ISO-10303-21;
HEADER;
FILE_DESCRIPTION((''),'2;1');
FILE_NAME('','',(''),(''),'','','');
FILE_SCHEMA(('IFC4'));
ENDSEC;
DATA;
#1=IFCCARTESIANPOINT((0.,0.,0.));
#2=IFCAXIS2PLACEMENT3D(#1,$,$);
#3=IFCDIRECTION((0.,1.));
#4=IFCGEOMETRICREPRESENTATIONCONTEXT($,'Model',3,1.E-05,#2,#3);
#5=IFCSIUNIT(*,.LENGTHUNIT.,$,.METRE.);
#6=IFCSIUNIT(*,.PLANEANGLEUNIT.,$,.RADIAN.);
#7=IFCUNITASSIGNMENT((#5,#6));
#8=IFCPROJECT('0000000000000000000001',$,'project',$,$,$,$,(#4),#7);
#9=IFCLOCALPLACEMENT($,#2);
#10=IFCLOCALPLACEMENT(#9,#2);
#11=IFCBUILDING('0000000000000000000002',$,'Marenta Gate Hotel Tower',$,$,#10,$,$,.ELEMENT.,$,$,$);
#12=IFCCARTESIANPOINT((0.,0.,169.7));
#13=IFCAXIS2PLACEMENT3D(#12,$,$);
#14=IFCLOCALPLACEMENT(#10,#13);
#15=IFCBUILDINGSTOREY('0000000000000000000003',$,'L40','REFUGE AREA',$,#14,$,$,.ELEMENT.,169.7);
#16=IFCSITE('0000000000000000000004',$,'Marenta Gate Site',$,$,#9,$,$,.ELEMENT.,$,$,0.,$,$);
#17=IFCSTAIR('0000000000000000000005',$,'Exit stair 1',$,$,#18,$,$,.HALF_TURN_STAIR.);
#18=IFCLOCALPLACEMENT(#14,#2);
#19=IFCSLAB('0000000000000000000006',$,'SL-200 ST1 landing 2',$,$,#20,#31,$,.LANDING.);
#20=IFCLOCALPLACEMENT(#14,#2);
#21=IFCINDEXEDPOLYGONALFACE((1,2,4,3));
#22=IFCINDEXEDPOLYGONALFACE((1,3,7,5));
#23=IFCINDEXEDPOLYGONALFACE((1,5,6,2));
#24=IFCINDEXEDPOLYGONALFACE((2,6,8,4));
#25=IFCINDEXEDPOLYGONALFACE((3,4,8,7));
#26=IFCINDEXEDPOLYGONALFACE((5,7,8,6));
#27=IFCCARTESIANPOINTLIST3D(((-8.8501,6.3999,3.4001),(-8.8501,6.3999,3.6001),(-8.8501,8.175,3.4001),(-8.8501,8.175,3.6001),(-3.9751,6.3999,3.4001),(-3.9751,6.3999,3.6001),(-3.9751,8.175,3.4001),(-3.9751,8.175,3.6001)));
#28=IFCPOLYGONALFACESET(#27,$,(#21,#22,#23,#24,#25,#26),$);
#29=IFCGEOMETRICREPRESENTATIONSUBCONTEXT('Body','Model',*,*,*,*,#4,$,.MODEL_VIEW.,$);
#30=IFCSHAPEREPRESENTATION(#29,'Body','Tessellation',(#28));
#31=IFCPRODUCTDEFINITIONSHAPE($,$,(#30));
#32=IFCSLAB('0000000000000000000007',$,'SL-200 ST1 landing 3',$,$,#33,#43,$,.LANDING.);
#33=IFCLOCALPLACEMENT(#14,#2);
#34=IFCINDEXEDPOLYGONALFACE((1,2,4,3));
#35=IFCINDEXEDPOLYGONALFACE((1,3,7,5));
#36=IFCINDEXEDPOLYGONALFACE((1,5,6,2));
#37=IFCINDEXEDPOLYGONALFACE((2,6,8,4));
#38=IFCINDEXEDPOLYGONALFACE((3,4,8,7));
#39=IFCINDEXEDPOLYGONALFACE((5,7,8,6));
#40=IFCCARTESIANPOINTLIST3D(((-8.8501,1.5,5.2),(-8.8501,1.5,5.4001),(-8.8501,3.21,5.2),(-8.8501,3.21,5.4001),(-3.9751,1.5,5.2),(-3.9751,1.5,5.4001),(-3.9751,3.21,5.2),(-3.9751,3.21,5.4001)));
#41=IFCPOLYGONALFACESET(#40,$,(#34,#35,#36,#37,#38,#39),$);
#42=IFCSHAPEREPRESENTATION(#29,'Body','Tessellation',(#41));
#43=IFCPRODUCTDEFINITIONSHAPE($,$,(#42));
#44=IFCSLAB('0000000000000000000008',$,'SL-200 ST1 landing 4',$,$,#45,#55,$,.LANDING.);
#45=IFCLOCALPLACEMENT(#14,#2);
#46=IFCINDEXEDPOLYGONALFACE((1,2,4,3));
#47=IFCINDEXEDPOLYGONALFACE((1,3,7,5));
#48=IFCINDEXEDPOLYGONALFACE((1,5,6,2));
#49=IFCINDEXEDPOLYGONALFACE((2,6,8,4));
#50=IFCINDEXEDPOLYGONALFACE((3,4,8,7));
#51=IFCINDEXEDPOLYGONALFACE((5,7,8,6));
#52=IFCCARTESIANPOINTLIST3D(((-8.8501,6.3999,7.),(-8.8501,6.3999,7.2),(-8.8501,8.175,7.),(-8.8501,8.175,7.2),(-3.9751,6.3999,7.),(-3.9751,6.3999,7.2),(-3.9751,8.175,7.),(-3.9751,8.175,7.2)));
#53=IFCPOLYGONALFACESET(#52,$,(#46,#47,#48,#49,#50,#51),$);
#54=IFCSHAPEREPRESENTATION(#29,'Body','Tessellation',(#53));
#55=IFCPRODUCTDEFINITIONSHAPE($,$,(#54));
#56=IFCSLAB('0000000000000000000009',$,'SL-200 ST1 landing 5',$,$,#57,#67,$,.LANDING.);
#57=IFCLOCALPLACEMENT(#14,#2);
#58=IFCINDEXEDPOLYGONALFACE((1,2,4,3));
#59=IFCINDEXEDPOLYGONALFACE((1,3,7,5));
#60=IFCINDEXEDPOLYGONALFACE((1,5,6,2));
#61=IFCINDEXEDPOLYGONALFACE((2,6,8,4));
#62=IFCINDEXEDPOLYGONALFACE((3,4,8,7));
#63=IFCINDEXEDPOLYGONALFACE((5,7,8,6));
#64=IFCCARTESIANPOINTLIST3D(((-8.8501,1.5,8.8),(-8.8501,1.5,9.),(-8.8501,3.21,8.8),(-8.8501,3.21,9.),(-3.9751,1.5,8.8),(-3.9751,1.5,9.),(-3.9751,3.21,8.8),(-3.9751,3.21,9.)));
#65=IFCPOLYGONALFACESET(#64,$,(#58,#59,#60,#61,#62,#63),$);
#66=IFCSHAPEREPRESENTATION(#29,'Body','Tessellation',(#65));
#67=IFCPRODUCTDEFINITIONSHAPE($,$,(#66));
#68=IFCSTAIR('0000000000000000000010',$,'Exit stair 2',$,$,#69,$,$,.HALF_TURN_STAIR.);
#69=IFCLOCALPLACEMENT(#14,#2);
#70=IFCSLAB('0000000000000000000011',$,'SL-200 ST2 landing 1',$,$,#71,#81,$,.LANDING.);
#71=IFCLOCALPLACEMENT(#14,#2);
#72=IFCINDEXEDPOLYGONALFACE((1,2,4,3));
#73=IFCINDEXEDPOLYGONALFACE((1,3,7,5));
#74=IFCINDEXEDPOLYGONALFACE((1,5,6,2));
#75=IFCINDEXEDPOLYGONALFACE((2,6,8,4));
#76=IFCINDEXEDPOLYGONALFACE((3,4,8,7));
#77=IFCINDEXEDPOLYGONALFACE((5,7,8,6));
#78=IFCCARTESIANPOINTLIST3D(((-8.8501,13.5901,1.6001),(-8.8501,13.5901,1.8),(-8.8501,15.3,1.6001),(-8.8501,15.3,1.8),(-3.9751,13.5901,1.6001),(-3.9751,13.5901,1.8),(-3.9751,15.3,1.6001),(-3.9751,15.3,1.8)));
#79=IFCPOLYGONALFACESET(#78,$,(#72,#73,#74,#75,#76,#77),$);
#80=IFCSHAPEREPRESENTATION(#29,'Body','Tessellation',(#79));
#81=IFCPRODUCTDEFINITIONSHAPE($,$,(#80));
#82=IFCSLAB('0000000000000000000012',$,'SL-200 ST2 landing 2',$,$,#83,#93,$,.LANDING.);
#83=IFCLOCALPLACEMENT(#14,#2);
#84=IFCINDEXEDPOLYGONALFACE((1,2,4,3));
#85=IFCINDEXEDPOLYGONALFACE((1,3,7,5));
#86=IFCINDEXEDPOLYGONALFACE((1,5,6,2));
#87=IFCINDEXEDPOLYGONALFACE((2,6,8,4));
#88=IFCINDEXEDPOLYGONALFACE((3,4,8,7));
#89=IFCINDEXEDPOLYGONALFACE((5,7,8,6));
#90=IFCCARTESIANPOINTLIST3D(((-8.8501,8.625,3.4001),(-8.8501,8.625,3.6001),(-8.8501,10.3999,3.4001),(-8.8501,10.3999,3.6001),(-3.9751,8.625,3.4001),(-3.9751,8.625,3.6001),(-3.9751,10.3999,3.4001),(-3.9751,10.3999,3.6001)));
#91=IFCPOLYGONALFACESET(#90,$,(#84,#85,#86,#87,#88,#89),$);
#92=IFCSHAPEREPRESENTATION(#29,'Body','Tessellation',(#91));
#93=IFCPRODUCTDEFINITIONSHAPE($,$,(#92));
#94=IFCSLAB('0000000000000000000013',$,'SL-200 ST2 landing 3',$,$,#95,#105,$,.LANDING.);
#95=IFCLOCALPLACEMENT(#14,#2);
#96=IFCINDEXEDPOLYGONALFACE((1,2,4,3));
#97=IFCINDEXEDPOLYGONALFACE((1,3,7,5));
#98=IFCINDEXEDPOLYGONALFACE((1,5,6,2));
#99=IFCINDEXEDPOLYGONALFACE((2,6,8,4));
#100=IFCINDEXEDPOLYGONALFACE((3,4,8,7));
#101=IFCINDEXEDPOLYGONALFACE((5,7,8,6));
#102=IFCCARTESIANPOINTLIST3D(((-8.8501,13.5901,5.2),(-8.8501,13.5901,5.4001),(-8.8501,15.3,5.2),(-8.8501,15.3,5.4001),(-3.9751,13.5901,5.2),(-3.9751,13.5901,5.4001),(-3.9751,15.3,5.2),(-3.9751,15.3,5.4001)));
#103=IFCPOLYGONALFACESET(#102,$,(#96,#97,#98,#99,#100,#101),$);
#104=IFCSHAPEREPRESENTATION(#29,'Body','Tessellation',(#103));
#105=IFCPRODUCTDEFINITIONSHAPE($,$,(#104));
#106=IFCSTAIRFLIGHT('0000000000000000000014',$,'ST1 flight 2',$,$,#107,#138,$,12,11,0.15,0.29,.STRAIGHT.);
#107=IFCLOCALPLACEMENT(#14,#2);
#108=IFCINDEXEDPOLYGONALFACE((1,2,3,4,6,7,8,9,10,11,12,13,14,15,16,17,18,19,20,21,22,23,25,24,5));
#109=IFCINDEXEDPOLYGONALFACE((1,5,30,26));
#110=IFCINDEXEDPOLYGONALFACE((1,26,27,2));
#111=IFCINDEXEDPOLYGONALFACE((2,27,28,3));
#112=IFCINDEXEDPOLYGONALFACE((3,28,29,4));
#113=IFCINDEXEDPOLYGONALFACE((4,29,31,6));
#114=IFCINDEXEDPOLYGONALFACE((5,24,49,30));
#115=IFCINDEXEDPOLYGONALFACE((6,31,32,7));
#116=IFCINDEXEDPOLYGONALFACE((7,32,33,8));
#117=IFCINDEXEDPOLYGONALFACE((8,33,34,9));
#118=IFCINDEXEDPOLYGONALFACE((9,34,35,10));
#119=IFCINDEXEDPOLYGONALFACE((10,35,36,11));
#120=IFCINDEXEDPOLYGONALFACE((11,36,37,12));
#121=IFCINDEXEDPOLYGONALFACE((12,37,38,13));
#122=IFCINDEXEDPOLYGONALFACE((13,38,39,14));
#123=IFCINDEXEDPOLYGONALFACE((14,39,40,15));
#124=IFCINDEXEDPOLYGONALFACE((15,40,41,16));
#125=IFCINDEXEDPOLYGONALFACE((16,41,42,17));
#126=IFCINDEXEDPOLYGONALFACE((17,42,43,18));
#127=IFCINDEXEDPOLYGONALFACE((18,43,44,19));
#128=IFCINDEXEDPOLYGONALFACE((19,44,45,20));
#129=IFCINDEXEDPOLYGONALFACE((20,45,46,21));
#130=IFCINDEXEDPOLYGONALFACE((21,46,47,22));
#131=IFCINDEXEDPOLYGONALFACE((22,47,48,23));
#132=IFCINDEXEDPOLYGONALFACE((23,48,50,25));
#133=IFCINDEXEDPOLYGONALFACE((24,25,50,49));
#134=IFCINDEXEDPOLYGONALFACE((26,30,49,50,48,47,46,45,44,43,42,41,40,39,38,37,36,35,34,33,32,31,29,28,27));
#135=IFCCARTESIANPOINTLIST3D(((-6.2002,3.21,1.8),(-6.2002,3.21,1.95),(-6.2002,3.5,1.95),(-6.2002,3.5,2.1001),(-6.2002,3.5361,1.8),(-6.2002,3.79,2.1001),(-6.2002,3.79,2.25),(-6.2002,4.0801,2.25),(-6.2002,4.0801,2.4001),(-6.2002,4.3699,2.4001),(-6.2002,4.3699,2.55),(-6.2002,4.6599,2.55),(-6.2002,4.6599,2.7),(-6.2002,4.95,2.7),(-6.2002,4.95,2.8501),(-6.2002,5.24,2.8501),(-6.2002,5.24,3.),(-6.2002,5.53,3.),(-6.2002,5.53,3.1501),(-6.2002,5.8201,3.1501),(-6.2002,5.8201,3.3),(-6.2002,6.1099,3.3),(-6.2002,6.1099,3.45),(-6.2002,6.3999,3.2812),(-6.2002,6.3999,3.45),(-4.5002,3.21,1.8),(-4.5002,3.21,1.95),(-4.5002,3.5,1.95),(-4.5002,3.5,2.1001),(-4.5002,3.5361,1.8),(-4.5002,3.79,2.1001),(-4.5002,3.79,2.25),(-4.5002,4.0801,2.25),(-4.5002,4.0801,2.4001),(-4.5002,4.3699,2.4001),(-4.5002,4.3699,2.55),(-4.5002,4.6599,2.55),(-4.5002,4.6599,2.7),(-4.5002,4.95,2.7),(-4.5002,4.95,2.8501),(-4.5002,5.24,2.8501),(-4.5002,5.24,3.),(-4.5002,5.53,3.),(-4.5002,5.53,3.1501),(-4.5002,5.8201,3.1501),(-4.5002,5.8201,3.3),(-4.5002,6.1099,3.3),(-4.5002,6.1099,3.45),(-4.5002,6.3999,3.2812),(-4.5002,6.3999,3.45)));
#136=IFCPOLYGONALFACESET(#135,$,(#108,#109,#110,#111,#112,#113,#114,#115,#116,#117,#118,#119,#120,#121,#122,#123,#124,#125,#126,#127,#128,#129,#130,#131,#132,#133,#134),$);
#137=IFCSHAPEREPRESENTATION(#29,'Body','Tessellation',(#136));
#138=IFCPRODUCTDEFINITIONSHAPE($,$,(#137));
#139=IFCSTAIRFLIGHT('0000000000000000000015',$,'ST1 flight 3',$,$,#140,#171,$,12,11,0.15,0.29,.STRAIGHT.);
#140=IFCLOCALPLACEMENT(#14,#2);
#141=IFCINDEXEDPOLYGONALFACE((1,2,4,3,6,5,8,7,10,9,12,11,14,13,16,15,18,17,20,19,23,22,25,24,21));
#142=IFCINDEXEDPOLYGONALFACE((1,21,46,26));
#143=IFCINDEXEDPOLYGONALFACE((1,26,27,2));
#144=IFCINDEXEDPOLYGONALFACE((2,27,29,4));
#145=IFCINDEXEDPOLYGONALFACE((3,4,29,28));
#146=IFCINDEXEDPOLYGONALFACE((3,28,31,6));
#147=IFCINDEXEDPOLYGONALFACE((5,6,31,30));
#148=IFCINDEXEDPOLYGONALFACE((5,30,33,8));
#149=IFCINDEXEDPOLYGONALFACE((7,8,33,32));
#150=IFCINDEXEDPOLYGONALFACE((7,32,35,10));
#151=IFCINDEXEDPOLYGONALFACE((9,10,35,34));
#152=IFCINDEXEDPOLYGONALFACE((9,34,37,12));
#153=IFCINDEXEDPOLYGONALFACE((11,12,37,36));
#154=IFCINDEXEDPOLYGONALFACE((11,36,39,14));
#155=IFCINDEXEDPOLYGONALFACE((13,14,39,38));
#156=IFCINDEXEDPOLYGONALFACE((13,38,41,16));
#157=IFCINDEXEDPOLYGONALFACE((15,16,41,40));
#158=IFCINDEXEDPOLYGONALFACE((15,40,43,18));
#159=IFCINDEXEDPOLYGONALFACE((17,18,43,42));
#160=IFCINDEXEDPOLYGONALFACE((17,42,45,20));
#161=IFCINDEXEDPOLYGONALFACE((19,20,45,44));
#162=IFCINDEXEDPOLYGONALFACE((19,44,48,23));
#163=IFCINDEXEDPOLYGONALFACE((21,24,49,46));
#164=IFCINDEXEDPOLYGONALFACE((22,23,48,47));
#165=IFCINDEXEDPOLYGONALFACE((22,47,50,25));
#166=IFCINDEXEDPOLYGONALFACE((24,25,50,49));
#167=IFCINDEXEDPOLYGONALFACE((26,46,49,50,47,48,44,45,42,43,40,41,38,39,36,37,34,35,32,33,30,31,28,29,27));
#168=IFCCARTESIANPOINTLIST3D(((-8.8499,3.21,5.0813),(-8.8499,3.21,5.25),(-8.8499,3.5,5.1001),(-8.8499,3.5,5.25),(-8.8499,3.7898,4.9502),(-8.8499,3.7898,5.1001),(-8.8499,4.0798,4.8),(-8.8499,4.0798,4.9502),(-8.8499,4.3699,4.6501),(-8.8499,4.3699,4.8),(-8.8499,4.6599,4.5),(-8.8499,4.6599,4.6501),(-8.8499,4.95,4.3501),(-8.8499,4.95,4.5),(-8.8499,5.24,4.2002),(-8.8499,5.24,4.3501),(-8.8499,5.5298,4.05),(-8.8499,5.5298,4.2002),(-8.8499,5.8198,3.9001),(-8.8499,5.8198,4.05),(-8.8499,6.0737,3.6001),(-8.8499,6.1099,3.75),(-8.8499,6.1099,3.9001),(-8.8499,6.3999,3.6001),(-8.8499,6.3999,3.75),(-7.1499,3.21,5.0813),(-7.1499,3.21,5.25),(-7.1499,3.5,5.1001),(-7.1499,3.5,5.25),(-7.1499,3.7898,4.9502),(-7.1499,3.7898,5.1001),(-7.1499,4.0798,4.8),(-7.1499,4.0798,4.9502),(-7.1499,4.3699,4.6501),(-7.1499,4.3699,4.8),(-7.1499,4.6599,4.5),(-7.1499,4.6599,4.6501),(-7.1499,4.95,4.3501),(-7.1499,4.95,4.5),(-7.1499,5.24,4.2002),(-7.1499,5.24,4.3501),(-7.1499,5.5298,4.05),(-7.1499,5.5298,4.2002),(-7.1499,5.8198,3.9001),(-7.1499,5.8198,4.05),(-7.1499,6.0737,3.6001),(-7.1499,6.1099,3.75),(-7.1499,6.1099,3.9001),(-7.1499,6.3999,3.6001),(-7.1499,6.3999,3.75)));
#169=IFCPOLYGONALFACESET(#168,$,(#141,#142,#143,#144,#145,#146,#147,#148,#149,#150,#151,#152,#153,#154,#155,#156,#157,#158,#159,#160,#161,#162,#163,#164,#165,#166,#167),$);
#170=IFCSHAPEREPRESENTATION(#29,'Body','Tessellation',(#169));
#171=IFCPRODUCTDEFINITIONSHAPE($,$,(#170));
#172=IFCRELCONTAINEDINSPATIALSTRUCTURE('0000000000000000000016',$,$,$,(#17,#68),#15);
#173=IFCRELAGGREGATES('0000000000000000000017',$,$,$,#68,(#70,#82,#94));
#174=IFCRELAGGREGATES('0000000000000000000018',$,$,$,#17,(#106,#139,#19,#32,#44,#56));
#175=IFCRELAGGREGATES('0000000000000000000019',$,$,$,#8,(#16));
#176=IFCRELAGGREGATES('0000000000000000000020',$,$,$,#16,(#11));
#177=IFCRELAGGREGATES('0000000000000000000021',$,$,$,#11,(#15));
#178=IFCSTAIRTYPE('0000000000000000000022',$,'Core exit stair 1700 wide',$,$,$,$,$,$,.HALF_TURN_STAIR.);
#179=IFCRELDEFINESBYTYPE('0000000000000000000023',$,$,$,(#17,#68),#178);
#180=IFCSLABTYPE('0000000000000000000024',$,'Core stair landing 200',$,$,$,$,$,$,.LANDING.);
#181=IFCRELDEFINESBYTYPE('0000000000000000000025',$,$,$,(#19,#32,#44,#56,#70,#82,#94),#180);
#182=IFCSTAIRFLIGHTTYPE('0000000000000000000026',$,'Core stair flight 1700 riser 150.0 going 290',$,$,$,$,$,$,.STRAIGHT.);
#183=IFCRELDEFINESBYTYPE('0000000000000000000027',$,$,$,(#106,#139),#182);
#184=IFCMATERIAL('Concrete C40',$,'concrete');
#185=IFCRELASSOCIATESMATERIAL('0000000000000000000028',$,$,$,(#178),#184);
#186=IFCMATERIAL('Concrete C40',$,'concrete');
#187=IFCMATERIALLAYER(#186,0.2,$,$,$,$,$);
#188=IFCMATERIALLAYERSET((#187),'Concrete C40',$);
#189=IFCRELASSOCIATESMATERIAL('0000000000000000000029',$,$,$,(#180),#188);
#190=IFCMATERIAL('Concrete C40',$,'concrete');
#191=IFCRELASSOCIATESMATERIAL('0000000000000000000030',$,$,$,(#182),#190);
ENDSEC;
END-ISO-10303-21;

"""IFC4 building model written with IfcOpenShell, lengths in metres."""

from ifc_helpers import new_model, si_unit, direction, frame, origin, place, context, subcontext, project, spatial, polyline, outline, extrude, material, layer, layer_set, type_object, element, aggregate, save


model = new_model("IFC4")

# Units and contexts
model_context = context("Model", 3, precision=1e-05, world=origin(), true_north=direction((0.0, 1.0)))
body_context = subcontext(model_context, "Body", "Model", "MODEL_VIEW")
ifc_project = project(units=[si_unit("LENGTHUNIT", "METRE"), si_unit("PLANEANGLEUNIT", "RADIAN")], contexts=[model_context])

# Site, building, storey
site_placement = place(None, origin())
site = spatial("IfcSite", under=ifc_project, at=site_placement, Name="Marenta Gate Site", CompositionType="ELEMENT", RefElevation=0.0)
building_placement = place(site_placement, origin())
building = spatial("IfcBuilding", under=site, at=building_placement, Name="Marenta Gate Hotel Tower", CompositionType="ELEMENT")
storey_placement = place(building_placement, frame((0.0, 0.0, 169.7)))
storey = spatial("IfcBuildingStorey", under=building, at=storey_placement, Name="L40", Description="REFUGE AREA", CompositionType="ELEMENT", Elevation=169.7)

# Stairs, slabs
ifc_material_1 = material(Name="Concrete C40", Category="concrete")
stair_type = type_object("IfcStairType", Name="Core exit stair 1700 wide", PredefinedType="HALF_TURN_STAIR", material=ifc_material_1)
stair_1_placement = place(storey_placement, origin())
stair_1 = element("IfcStair", 1, at=stair_1_placement, inside=storey, type_object=stair_type, Name="Exit stair 1", PredefinedType="HALF_TURN_STAIR")
ifc_material_2 = material(Name="Concrete C40", Category="concrete")
ifc_layer = layer(ifc_material_2, 0.2)
ifc_layer_set = layer_set([ifc_layer], Name="Concrete C40")
slab_type = type_object("IfcSlabType", Name="Core stair landing 200", PredefinedType="LANDING", material=ifc_layer_set)
slab_1_placement = place(storey_placement, frame((0.0, 0.0, 3.4001)))
slab_1 = element("IfcSlab", 2, at=slab_1_placement, type_object=slab_type, Name="SL-200 ST1 landing 2", PredefinedType="LANDING", context=body_context, shape_type="SweptSolid", body=[
    extrude(outline(polyline([(-8.8501, 6.3999), (-3.9751, 6.3999), (-3.9751, 8.175), (-8.8501, 8.175), (-8.8501, 6.3999)])), origin(), (0.0, 0.0, 1.0), 0.2),
])
slab_2_placement = place(storey_placement, frame((0.0, 0.0, 5.2)))
slab_2 = element("IfcSlab", 3, at=slab_2_placement, type_object=slab_type, Name="SL-200 ST1 landing 3", PredefinedType="LANDING", context=body_context, shape_type="SweptSolid", body=[
    extrude(outline(polyline([(-8.8501, 1.5), (-3.9751, 1.5), (-3.9751, 3.21), (-8.8501, 3.21), (-8.8501, 1.5)])), origin(), (0.0, 0.0, 1.0), 0.2002),
])
slab_3_placement = place(storey_placement, frame((0.0, 0.0, 7.0)))
slab_3 = element("IfcSlab", 4, at=slab_3_placement, type_object=slab_type, Name="SL-200 ST1 landing 4", PredefinedType="LANDING", context=body_context, shape_type="SweptSolid", body=[
    extrude(outline(polyline([(-8.8501, 6.3999), (-3.9751, 6.3999), (-3.9751, 8.175), (-8.8501, 8.175), (-8.8501, 6.3999)])), origin(), (0.0, 0.0, 1.0), 0.2),
])
slab_4_placement = place(storey_placement, frame((0.0, 0.0, 8.8)))
slab_4 = element("IfcSlab", 5, at=slab_4_placement, type_object=slab_type, Name="SL-200 ST1 landing 5", PredefinedType="LANDING", context=body_context, shape_type="SweptSolid", body=[
    extrude(outline(polyline([(-8.8501, 1.5), (-3.9751, 1.5), (-3.9751, 3.21), (-8.8501, 3.21), (-8.8501, 1.5)])), origin(), (0.0, 0.0, 1.0), 0.2),
])
stair_2_placement = place(storey_placement, origin())
stair_2 = element("IfcStair", 6, at=stair_2_placement, inside=storey, type_object=stair_type, Name="Exit stair 2", PredefinedType="HALF_TURN_STAIR")
slab_5_placement = place(storey_placement, frame((0.0, 0.0, 1.6001)))
slab_5 = element("IfcSlab", 7, at=slab_5_placement, type_object=slab_type, Name="SL-200 ST2 landing 1", PredefinedType="LANDING", context=body_context, shape_type="SweptSolid", body=[
    extrude(outline(polyline([(-8.8501, 13.5901), (-3.9751, 13.5901), (-3.9751, 15.3), (-8.8501, 15.3), (-8.8501, 13.5901)])), origin(), (0.0, 0.0, 1.0), 0.2),
])
slab_6_placement = place(storey_placement, frame((0.0, 0.0, 3.4001)))
slab_6 = element("IfcSlab", 8, at=slab_6_placement, type_object=slab_type, Name="SL-200 ST2 landing 2", PredefinedType="LANDING", context=body_context, shape_type="SweptSolid", body=[
    extrude(outline(polyline([(-8.8501, 8.625), (-3.9751, 8.625), (-3.9751, 10.3999), (-8.8501, 10.3999), (-8.8501, 8.625)])), origin(), (0.0, 0.0, 1.0), 0.2),
])
slab_7_placement = place(storey_placement, frame((0.0, 0.0, 5.2)))
slab_7 = element("IfcSlab", 9, at=slab_7_placement, type_object=slab_type, Name="SL-200 ST2 landing 3", PredefinedType="LANDING", context=body_context, shape_type="SweptSolid", body=[
    extrude(outline(polyline([(-8.8501, 13.5901), (-3.9751, 13.5901), (-3.9751, 15.3), (-8.8501, 15.3), (-8.8501, 13.5901)])), origin(), (0.0, 0.0, 1.0), 0.2002),
])
aggregate(stair_2, [slab_5, slab_6, slab_7])

# Stair flights
ifc_material_3 = material(Name="Concrete C40", Category="concrete")
stair_flight_type = type_object("IfcStairFlightType", Name="Core stair flight 1700 riser 150.0 going 290", PredefinedType="STRAIGHT", material=ifc_material_3)
stair_flight_1_placement = place(storey_placement, frame((-5.3501, 3.21, 1.8), z_axis=(0.0, 0.0, 1.0), x_axis=(0.0, 1.0, 0.0)))
stair_flight_1 = element("IfcStairFlight", 10, at=stair_flight_1_placement, type_object=stair_flight_type, Name="ST1 flight 2", NumberOfRisers=12, NumberOfTreads=11, PredefinedType="STRAIGHT", RiserHeight=0.15, TreadLength=0.29, context=body_context, shape_type="SweptSolid", body=[
    extrude(outline(polyline([(0.0, 0.0), (0.0, 0.1499), (0.29, 0.1499), (0.29, 0.3), (0.5801, 0.3), (0.5801, 0.45), (0.8701, 0.45), (0.8701, 0.6001), (1.1599, 0.6001), (1.1599, 0.75), (1.45, 0.75), (1.45, 0.8999), (1.74, 0.8999), (1.74, 1.05), (2.03, 1.05), (2.03, 1.2), (2.3201, 1.2), (2.3201, 1.3501), (2.6101, 1.3501), (2.6101, 1.5), (2.8999, 1.5), (2.8999, 1.6499), (3.1899, 1.6499), (3.1899, 1.8), (3.1899, 1.4812), (0.3262, 0.0), (0.0, 0.0)])), frame((0.0, 0.8501, 0.0), z_axis=(0.0, -1.0, 0.0), x_axis=(1.0, 0.0, 0.0)), (0.0, 0.0, 1.0), 1.7),
])
stair_flight_2_placement = place(storey_placement, frame((-8.0, 6.3999, 3.6001), z_axis=(0.0, 0.0, 1.0), x_axis=(0.0, -1.0, 0.0)))
stair_flight_2 = element("IfcStairFlight", 11, at=stair_flight_2_placement, type_object=stair_flight_type, Name="ST1 flight 3", NumberOfRisers=12, NumberOfTreads=11, PredefinedType="STRAIGHT", RiserHeight=0.15, TreadLength=0.29, context=body_context, shape_type="SweptSolid", body=[
    extrude(outline(polyline([(0.0, 0.0), (0.0, 0.1499), (0.29, 0.1499), (0.29, 0.3), (0.5801, 0.3), (0.5801, 0.45), (0.8701, 0.45), (0.8701, 0.6001), (1.1599, 0.6001), (1.1599, 0.75), (1.45, 0.75), (1.45, 0.8999), (1.74, 0.8999), (1.74, 1.05), (2.03, 1.05), (2.03, 1.2), (2.3201, 1.2), (2.3201, 1.3501), (2.6101, 1.3501), (2.6101, 1.5), (2.8999, 1.5), (2.8999, 1.6499), (3.1899, 1.6499), (3.1899, 1.8), (3.1899, 1.4812), (0.3262, 0.0), (0.0, 0.0)])), frame((0.0, 0.8501, 0.0), z_axis=(0.0, -1.0, 0.0), x_axis=(1.0, 0.0, 0.0)), (0.0, 0.0, 1.0), 1.7),
])
aggregate(stair_1, [stair_flight_1, stair_flight_2, slab_1, slab_2, slab_3, slab_4])

save(model, "model.ifc")
